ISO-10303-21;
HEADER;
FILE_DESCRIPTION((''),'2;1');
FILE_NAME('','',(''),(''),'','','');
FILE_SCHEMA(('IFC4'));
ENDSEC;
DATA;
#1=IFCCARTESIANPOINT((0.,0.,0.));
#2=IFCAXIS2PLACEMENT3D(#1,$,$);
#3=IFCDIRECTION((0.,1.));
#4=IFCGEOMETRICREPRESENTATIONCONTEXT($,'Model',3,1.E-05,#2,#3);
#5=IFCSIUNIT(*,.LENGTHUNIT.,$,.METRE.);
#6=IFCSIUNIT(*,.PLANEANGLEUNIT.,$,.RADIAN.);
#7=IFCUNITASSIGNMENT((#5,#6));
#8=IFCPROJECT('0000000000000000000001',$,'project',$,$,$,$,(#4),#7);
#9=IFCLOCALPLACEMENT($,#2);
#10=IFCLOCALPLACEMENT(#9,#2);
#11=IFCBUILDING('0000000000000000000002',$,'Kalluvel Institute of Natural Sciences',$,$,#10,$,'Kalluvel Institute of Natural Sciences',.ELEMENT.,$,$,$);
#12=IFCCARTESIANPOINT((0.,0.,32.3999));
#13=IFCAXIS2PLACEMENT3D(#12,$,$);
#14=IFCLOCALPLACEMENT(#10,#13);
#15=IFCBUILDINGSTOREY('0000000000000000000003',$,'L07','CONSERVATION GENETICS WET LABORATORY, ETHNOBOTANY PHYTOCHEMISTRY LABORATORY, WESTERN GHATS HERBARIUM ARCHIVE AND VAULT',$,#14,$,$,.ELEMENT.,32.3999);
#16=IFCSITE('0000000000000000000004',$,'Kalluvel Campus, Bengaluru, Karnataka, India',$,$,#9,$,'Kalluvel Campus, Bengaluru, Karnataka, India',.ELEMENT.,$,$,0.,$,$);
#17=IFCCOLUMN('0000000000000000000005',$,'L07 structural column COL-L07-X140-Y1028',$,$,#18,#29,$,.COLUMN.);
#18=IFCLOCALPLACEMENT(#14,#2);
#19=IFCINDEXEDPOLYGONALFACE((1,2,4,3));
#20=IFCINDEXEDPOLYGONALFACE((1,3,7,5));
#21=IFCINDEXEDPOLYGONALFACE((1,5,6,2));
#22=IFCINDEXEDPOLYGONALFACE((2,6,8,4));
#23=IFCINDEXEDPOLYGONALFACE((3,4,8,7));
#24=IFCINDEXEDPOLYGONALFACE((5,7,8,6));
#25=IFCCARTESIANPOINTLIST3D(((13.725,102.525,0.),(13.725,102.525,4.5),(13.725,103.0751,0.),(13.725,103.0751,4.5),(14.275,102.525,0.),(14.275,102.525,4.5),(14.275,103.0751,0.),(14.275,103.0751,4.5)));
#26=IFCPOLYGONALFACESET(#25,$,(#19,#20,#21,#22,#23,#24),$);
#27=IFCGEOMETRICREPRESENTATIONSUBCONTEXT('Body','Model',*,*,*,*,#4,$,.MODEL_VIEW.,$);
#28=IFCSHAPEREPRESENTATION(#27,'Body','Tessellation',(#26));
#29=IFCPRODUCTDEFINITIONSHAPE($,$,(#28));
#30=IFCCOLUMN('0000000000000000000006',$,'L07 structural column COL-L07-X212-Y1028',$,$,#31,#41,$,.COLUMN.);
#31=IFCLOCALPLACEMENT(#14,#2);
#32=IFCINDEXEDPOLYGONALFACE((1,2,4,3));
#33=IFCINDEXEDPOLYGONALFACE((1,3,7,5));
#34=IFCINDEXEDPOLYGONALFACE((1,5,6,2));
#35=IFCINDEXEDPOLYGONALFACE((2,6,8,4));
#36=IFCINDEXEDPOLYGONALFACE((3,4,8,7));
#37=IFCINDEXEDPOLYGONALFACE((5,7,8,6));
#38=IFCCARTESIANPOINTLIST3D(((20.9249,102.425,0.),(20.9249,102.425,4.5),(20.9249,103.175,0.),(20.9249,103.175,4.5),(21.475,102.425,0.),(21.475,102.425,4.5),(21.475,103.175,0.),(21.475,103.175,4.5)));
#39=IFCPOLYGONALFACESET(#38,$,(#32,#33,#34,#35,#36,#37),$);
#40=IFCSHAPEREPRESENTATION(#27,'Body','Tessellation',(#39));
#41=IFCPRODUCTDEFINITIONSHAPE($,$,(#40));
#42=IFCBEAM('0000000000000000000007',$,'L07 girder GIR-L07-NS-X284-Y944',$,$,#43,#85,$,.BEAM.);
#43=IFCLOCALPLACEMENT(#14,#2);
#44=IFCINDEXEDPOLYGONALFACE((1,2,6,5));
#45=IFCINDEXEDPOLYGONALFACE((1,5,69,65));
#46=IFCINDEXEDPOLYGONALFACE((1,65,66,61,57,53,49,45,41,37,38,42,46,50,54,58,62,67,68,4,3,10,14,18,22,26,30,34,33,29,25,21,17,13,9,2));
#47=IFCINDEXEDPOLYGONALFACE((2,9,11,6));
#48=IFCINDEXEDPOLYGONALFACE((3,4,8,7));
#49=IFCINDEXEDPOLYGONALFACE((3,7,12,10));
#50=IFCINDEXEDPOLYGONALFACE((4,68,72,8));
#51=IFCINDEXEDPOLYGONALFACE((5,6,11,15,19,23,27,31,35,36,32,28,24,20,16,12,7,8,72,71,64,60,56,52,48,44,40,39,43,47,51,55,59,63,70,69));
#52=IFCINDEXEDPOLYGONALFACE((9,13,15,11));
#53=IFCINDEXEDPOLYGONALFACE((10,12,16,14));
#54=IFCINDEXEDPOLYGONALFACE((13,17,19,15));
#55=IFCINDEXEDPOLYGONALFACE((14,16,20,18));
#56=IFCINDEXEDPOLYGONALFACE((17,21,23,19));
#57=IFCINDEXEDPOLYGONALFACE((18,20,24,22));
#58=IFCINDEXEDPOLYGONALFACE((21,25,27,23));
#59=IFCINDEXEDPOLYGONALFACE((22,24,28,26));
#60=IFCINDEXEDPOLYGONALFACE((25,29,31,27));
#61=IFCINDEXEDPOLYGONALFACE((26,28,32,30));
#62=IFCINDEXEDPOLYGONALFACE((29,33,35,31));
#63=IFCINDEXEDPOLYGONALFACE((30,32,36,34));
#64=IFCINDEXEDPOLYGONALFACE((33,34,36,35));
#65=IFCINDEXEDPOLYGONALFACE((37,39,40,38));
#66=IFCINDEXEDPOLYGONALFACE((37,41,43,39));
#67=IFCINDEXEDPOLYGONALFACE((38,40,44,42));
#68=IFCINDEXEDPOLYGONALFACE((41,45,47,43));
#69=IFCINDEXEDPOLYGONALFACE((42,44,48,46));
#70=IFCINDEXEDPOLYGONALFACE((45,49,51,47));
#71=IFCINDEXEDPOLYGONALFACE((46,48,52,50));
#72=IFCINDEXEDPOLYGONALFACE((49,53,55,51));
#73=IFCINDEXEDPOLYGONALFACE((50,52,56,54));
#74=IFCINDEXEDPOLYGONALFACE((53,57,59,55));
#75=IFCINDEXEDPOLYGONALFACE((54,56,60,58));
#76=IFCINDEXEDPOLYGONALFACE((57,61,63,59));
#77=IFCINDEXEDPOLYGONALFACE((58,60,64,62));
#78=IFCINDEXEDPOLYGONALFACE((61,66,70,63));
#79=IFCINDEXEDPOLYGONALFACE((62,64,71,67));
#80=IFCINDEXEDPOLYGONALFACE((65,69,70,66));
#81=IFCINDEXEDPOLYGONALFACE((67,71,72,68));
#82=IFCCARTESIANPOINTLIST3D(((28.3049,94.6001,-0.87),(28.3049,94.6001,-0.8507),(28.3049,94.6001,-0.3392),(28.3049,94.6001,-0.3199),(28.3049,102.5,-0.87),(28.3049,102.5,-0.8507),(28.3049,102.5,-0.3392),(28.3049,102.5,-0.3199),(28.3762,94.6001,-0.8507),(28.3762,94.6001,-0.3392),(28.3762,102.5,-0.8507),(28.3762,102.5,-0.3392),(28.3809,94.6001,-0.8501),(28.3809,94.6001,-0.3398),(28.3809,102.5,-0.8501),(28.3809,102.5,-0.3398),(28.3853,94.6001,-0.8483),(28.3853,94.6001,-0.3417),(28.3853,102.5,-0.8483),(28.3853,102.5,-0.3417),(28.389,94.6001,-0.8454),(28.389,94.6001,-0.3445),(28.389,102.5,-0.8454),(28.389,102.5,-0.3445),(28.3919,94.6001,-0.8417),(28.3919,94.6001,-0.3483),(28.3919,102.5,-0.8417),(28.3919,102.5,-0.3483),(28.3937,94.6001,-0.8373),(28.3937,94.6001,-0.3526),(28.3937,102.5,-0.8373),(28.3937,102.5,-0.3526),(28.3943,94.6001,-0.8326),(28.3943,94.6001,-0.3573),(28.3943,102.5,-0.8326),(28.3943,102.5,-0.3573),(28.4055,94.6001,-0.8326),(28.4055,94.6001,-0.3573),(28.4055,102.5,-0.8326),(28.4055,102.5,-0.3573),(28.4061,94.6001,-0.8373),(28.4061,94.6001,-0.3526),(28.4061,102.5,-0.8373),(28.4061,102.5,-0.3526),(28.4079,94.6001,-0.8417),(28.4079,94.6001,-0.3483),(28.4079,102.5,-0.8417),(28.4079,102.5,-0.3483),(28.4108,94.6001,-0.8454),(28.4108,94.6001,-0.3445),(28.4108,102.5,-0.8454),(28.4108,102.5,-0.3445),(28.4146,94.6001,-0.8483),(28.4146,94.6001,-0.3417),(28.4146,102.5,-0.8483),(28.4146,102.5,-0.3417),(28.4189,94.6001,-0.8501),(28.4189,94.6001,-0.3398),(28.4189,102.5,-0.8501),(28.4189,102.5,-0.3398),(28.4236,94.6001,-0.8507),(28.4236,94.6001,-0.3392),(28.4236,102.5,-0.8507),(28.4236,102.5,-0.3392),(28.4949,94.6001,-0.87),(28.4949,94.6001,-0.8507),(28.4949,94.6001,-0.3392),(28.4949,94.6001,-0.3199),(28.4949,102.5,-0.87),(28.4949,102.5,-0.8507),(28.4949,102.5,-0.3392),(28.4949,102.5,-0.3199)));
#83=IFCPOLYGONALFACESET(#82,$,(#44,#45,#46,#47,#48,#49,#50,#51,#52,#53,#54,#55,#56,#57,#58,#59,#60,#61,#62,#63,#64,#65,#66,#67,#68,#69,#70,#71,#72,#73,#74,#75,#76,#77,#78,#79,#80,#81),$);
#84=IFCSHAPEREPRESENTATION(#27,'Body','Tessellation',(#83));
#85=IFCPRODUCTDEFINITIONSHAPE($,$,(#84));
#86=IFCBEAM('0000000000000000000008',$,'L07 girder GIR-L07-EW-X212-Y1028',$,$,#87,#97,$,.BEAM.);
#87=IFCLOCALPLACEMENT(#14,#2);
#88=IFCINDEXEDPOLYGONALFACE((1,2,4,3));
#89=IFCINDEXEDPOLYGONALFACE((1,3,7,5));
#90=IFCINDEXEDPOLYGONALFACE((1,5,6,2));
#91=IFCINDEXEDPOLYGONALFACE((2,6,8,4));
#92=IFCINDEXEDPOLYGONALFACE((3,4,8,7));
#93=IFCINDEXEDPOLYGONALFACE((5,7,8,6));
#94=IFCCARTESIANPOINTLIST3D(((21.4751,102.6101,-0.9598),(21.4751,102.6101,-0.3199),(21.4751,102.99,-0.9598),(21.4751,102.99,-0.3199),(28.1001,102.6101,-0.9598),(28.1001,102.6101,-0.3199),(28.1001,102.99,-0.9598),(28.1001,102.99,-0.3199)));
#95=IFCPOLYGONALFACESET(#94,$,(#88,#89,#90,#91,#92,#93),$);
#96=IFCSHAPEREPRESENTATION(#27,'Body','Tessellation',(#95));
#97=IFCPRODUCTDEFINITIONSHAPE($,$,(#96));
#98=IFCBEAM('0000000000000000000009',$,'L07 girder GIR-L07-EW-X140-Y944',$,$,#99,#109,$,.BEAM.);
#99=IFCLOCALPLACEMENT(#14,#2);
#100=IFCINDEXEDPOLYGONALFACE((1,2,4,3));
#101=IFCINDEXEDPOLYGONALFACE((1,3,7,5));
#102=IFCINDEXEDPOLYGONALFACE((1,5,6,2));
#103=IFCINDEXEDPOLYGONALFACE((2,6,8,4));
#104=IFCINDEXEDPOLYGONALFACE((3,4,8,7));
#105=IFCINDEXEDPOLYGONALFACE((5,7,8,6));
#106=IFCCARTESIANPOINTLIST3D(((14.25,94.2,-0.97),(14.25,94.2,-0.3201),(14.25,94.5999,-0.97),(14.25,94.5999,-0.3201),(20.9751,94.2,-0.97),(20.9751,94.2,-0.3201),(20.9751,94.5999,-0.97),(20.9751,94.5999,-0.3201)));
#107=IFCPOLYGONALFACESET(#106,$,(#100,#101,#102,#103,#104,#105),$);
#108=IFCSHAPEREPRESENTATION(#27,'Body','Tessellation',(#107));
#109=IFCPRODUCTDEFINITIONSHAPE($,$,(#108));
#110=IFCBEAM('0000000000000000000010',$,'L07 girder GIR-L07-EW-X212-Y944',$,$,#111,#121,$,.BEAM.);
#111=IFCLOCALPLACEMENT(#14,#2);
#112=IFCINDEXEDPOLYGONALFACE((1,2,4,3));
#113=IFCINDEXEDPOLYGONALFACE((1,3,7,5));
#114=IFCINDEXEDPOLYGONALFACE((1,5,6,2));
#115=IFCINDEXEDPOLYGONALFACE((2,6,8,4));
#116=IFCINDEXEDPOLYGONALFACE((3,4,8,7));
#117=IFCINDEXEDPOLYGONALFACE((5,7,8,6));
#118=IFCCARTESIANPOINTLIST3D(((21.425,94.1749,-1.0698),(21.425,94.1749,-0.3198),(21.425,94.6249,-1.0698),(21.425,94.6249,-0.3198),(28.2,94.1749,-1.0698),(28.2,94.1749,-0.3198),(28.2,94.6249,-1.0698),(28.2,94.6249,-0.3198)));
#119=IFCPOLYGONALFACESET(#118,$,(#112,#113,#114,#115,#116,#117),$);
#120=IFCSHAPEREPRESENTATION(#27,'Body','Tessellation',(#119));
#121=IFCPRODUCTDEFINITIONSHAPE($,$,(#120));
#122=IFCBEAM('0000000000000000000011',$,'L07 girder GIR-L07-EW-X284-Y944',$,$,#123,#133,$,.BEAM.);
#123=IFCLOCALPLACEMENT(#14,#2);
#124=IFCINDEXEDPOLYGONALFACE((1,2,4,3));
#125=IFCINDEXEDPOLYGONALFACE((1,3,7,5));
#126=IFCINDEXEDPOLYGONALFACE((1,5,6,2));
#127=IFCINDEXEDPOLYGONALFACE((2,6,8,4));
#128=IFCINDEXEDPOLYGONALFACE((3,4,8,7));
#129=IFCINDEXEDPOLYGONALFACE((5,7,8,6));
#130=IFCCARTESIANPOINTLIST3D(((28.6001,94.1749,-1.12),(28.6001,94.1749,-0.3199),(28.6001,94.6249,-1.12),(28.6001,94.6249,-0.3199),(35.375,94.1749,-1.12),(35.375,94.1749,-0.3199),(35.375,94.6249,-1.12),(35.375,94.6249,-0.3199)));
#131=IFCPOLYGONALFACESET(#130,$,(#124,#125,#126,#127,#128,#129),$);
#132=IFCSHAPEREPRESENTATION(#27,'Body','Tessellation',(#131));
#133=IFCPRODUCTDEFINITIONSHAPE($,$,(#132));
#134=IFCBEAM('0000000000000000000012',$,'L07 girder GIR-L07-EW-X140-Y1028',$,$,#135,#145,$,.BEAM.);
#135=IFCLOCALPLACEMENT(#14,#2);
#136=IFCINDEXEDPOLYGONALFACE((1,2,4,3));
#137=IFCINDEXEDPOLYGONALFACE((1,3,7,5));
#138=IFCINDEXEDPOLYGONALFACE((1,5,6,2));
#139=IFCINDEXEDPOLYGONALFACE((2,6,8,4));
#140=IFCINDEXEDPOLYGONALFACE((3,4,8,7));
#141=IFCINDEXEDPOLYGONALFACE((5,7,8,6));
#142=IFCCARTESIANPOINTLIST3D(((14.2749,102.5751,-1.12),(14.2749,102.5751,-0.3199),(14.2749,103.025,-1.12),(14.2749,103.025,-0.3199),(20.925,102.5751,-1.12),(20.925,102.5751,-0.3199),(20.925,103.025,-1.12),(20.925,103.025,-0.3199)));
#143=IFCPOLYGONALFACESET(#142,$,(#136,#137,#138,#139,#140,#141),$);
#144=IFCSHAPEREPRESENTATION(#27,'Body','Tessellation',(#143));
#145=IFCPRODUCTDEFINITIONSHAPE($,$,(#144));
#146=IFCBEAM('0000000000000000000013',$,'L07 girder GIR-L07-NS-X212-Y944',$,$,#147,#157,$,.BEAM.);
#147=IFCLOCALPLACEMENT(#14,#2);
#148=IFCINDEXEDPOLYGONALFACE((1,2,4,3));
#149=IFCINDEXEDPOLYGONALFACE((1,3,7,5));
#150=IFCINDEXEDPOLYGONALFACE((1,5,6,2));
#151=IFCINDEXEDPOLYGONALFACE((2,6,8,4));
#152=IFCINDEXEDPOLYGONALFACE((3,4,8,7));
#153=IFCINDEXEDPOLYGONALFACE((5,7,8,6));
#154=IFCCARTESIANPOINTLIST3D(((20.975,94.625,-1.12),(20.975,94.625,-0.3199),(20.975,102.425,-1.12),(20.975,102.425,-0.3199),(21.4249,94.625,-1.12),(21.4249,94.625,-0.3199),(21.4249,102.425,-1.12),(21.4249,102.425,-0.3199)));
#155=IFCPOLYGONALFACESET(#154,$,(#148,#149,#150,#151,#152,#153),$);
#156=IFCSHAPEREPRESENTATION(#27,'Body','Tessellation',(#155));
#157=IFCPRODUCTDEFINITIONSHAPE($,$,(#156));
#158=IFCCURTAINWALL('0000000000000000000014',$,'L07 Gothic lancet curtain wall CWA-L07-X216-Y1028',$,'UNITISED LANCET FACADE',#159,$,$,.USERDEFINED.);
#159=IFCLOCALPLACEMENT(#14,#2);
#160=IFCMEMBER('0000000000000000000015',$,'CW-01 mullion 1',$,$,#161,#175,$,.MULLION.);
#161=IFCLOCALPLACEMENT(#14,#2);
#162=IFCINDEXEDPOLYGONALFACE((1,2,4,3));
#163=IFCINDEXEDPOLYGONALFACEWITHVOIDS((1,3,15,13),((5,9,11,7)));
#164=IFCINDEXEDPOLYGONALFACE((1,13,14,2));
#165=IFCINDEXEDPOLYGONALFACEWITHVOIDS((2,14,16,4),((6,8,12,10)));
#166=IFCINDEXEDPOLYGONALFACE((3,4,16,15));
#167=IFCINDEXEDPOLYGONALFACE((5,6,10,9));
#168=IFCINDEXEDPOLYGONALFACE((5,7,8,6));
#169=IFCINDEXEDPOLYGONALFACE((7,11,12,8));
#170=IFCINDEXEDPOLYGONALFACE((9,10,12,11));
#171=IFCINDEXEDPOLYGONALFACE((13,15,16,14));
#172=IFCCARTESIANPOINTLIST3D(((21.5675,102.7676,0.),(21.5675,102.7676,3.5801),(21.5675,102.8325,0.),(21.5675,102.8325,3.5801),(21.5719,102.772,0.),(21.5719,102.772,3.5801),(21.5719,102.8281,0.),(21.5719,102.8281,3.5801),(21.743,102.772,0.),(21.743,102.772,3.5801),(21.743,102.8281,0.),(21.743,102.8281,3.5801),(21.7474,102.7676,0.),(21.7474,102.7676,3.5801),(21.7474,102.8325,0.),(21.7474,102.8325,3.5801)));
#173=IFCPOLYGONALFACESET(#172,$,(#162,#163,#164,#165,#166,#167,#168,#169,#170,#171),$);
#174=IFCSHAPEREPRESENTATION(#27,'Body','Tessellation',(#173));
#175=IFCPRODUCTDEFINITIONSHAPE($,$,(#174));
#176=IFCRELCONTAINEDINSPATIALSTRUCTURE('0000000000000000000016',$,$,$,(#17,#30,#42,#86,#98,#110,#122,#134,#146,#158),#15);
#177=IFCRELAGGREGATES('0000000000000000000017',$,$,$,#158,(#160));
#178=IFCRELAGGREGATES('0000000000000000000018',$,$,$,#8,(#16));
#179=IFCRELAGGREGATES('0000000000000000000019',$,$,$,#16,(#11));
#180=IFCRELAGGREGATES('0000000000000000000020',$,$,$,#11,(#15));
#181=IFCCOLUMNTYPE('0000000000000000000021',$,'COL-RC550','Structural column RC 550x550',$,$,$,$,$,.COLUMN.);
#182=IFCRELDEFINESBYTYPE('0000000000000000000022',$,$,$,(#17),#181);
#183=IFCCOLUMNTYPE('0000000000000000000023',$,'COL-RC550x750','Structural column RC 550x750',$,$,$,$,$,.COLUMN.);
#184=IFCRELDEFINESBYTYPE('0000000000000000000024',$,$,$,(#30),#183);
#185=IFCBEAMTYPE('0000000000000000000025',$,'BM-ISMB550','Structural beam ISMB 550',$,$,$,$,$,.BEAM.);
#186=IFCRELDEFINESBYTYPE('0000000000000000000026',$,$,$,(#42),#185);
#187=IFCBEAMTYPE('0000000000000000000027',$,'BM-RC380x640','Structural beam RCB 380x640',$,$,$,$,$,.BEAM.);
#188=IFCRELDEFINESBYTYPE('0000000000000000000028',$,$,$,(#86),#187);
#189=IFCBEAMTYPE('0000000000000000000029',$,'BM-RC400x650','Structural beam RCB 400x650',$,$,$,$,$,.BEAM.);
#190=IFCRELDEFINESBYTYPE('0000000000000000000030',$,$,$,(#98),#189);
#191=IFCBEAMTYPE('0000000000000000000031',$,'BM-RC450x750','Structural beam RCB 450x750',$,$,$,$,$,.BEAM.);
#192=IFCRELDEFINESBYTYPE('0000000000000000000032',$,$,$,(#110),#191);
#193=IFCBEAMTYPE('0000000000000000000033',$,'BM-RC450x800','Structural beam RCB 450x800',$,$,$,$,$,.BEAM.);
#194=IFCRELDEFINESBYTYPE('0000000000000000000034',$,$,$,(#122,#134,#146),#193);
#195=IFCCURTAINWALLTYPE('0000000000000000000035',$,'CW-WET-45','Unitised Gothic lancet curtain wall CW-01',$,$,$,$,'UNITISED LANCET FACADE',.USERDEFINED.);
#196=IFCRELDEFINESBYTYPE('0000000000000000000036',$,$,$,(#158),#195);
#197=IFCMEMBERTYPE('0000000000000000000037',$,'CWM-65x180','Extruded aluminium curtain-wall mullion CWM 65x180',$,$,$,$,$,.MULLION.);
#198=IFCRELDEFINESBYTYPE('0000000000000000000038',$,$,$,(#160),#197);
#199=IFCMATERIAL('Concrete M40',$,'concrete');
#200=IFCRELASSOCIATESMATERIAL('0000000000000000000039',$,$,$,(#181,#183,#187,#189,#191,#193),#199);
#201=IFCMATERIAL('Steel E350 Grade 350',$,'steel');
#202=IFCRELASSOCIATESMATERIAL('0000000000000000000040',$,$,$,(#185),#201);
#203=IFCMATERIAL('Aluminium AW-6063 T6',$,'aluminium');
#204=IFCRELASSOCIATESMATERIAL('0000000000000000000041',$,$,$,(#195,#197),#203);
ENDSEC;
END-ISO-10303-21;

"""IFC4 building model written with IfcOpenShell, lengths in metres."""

from ifc_helpers import new_model, si_unit, direction, frame, origin, origin_2d, place, context, subcontext, project, spatial, rectangle, hollow_rectangle, i_section, extrude, material, material_profile, profile_set, type_object, element, aggregate, save


model = new_model("IFC4")

# Units and contexts
model_context = context("Model", 3, precision=1e-05, world=origin(), true_north=direction((0.0, 1.0)))
body_context = subcontext(model_context, "Body", "Model", "MODEL_VIEW")
ifc_project = project(units=[si_unit("LENGTHUNIT", "METRE"), si_unit("PLANEANGLEUNIT", "RADIAN")], contexts=[model_context])

# Site, building, storey
site_placement = place(None, origin())
site = spatial("IfcSite", under=ifc_project, at=site_placement, Name="Kalluvel Campus, Bengaluru, Karnataka, India", LongName="Kalluvel Campus, Bengaluru, Karnataka, India", CompositionType="ELEMENT", RefElevation=0.0)
building_placement = place(site_placement, origin())
building = spatial("IfcBuilding", under=site, at=building_placement, Name="Kalluvel Institute of Natural Sciences", LongName="Kalluvel Institute of Natural Sciences", CompositionType="ELEMENT")
storey_placement = place(building_placement, frame((0.0, 0.0, 32.3999)))
storey = spatial("IfcBuildingStorey", under=building, at=storey_placement, Name="L07", Description="CONSERVATION GENETICS WET LABORATORY, ETHNOBOTANY PHYTOCHEMISTRY LABORATORY, WESTERN GHATS HERBARIUM ARCHIVE AND VAULT", CompositionType="ELEMENT", Elevation=32.3999)

# Columns
ifc_material_1 = material(Name="Concrete M40", Category="concrete")
ifc_material_profile_1 = material_profile(ifc_material_1, rectangle(XDim=0.55, YDim=0.55, at=origin_2d()), Name="RC 550x550")
ifc_profile_set_1 = profile_set([ifc_material_profile_1], Name="Concrete M40")
column_type_1 = type_object("IfcColumnType", Name="COL-RC550", Description="Structural column RC 550x550", PredefinedType="COLUMN", material=ifc_profile_set_1)
column_1_placement = place(storey_placement, frame((14.0, 102.8, 0.0), z_axis=(0.0, 0.0, 1.0), x_axis=(1.0, 0.0, 0.0)))
element("IfcColumn", 1, at=column_1_placement, inside=storey, type_object=column_type_1, Name="L07 structural column COL-L07-X140-Y1028", PredefinedType="COLUMN", context=body_context, shape_type="SweptSolid", body=[
    extrude(rectangle(XDim=0.55, YDim=0.55, at=origin_2d()), origin(), (0.0, 0.0, 1.0), 4.5),
])
ifc_material_profile_2 = material_profile(ifc_material_1, rectangle(XDim=0.55, YDim=0.75, at=origin_2d()), Name="RC 550x750")
ifc_profile_set_2 = profile_set([ifc_material_profile_2], Name="Concrete M40")
column_type_2 = type_object("IfcColumnType", Name="COL-RC550x750", Description="Structural column RC 550x750", PredefinedType="COLUMN", material=ifc_profile_set_2)
column_2_placement = place(storey_placement, frame((21.2, 102.8, 0.0), z_axis=(0.0, 0.0, 1.0), x_axis=(1.0, 0.0, 0.0)))
element("IfcColumn", 2, at=column_2_placement, inside=storey, type_object=column_type_2, Name="L07 structural column COL-L07-X212-Y1028", PredefinedType="COLUMN", context=body_context, shape_type="SweptSolid", body=[
    extrude(rectangle(XDim=0.55, YDim=0.75, at=origin_2d()), origin(), (0.0, 0.0, 1.0), 4.5),
])

# Beams
ifc_material_2 = material(Name="Steel E350 Grade 350", Category="steel")
ifc_material_profile_3 = material_profile(ifc_material_2, i_section(OverallWidth=0.1899, OverallDepth=0.55, WebThickness=0.0112, FlangeThickness=0.0193, FilletRadius=0.0181, at=origin_2d()), Name="ISMB 550")
ifc_profile_set_3 = profile_set([ifc_material_profile_3], Name="Steel E350 Grade 350")
beam_type_1 = type_object("IfcBeamType", Name="BM-ISMB550", Description="Structural beam ISMB 550", PredefinedType="BEAM", material=ifc_profile_set_3)
beam_1_placement = place(storey_placement, frame((28.3999, 94.6001, -0.595), z_axis=(0.0, 1.0, 0.0), x_axis=(-1.0, 0.0, 0.0)))
element("IfcBeam", 3, at=beam_1_placement, inside=storey, type_object=beam_type_1, Name="L07 girder GIR-L07-NS-X284-Y944", PredefinedType="BEAM", context=body_context, shape_type="SweptSolid", body=[
    extrude(i_section(OverallWidth=0.1899, OverallDepth=0.55, WebThickness=0.0112, FlangeThickness=0.0193, FilletRadius=0.0181, at=origin_2d()), origin(), (0.0, 0.0, 1.0), 7.8999),
])
ifc_material_profile_4 = material_profile(ifc_material_1, rectangle(XDim=0.3799, YDim=0.6399, at=origin_2d()), Name="RCB 380x640")
ifc_profile_set_4 = profile_set([ifc_material_profile_4], Name="Concrete M40")
beam_type_2 = type_object("IfcBeamType", Name="BM-RC380x640", Description="Structural beam RCB 380x640", PredefinedType="BEAM", material=ifc_profile_set_4)
beam_2_placement = place(storey_placement, frame((21.4751, 102.8, -0.6399), z_axis=(1.0, 0.0, 0.0), x_axis=(0.0, 1.0, 0.0)))
element("IfcBeam", 4, at=beam_2_placement, inside=storey, type_object=beam_type_2, Name="L07 girder GIR-L07-EW-X212-Y1028", PredefinedType="BEAM", context=body_context, shape_type="SweptSolid", body=[
    extrude(rectangle(XDim=0.3799, YDim=0.6399, at=origin_2d()), origin(), (0.0, 0.0, 1.0), 6.625),
])
ifc_material_profile_5 = material_profile(ifc_material_1, rectangle(XDim=0.3999, YDim=0.6499, at=origin_2d()), Name="RCB 400x650")
ifc_profile_set_5 = profile_set([ifc_material_profile_5], Name="Concrete M40")
beam_type_3 = type_object("IfcBeamType", Name="BM-RC400x650", Description="Structural beam RCB 400x650", PredefinedType="BEAM", material=ifc_profile_set_5)
beam_3_placement = place(storey_placement, frame((14.25, 94.3999, -0.645), z_axis=(1.0, 0.0, 0.0), x_axis=(0.0, 1.0, 0.0)))
element("IfcBeam", 5, at=beam_3_placement, inside=storey, type_object=beam_type_3, Name="L07 girder GIR-L07-EW-X140-Y944", PredefinedType="BEAM", context=body_context, shape_type="SweptSolid", body=[
    extrude(rectangle(XDim=0.3999, YDim=0.6499, at=origin_2d()), origin(), (0.0, 0.0, 1.0), 6.7251),
])
ifc_material_profile_6 = material_profile(ifc_material_1, rectangle(XDim=0.45, YDim=0.75, at=origin_2d()), Name="RCB 450x750")
ifc_profile_set_6 = profile_set([ifc_material_profile_6], Name="Concrete M40")
beam_type_4 = type_object("IfcBeamType", Name="BM-RC450x750", Description="Structural beam RCB 450x750", PredefinedType="BEAM", material=ifc_profile_set_6)
beam_4_placement = place(storey_placement, frame((21.425, 94.3999, -0.6948), z_axis=(1.0, 0.0, 0.0), x_axis=(0.0, 1.0, 0.0)))
element("IfcBeam", 6, at=beam_4_placement, inside=storey, type_object=beam_type_4, Name="L07 girder GIR-L07-EW-X212-Y944", PredefinedType="BEAM", context=body_context, shape_type="SweptSolid", body=[
    extrude(rectangle(XDim=0.45, YDim=0.75, at=origin_2d()), origin(), (0.0, 0.0, 1.0), 6.7749),
])
ifc_material_profile_7 = material_profile(ifc_material_1, rectangle(XDim=0.45, YDim=0.8, at=origin_2d()), Name="RCB 450x800")
ifc_profile_set_7 = profile_set([ifc_material_profile_7], Name="Concrete M40")
beam_type_5 = type_object("IfcBeamType", Name="BM-RC450x800", Description="Structural beam RCB 450x800", PredefinedType="BEAM", material=ifc_profile_set_7)
beam_5_placement = place(storey_placement, frame((28.6001, 94.3999, -0.72), z_axis=(1.0, 0.0, 0.0), x_axis=(0.0, 1.0, 0.0)))
element("IfcBeam", 7, at=beam_5_placement, inside=storey, type_object=beam_type_5, Name="L07 girder GIR-L07-EW-X284-Y944", PredefinedType="BEAM", context=body_context, shape_type="SweptSolid", body=[
    extrude(rectangle(XDim=0.45, YDim=0.8, at=origin_2d()), origin(), (0.0, 0.0, 1.0), 6.7749),
])
beam_6_placement = place(storey_placement, frame((14.2749, 102.8, -0.72), z_axis=(1.0, 0.0, 0.0), x_axis=(0.0, 1.0, 0.0)))
element("IfcBeam", 8, at=beam_6_placement, inside=storey, type_object=beam_type_5, Name="L07 girder GIR-L07-EW-X140-Y1028", PredefinedType="BEAM", context=body_context, shape_type="SweptSolid", body=[
    extrude(rectangle(XDim=0.45, YDim=0.8, at=origin_2d()), origin(), (0.0, 0.0, 1.0), 6.6501),
])
beam_7_placement = place(storey_placement, frame((21.2, 94.625, -0.72), z_axis=(0.0, 1.0, 0.0), x_axis=(-1.0, 0.0, 0.0)))
element("IfcBeam", 9, at=beam_7_placement, inside=storey, type_object=beam_type_5, Name="L07 girder GIR-L07-NS-X212-Y944", PredefinedType="BEAM", context=body_context, shape_type="SweptSolid", body=[
    extrude(rectangle(XDim=0.45, YDim=0.8, at=origin_2d()), origin(), (0.0, 0.0, 1.0), 7.8),
])

# Curtain wall, member
ifc_material_3 = material(Name="Aluminium AW-6063 T6", Category="aluminium")
curtain_wall_type = type_object("IfcCurtainWallType", Name="CW-WET-45", Description="Unitised Gothic lancet curtain wall CW-01", ElementType="UNITISED LANCET FACADE", PredefinedType="USERDEFINED", material=ifc_material_3)
curtain_wall_placement = place(storey_placement, origin())
curtain_wall = element("IfcCurtainWall", 10, at=curtain_wall_placement, inside=storey, type_object=curtain_wall_type, Name="L07 Gothic lancet curtain wall CWA-L07-X216-Y1028", ObjectType="UNITISED LANCET FACADE", PredefinedType="USERDEFINED")
ifc_material_profile_8 = material_profile(ifc_material_3, hollow_rectangle(XDim=0.0649, YDim=0.1799, WallThickness=0.0044, at=origin_2d()), Name="CWM 65x180")
ifc_profile_set_8 = profile_set([ifc_material_profile_8], Name="Aluminium AW-6063 T6")
member_type_1 = type_object("IfcMemberType", Name="CWM-65x180", Description="Extruded aluminium curtain-wall mullion CWM 65x180", PredefinedType="MULLION", material=ifc_profile_set_8)
member_1_placement = place(storey_placement, frame((21.6575, 102.8, 0.0), z_axis=(0.0, 0.0, 1.0), x_axis=(0.0, 1.0, 0.0)))
member_1 = element("IfcMember", 11, at=member_1_placement, type_object=member_type_1, Name="CW-01 mullion 1", PredefinedType="MULLION", context=body_context, shape_type="SweptSolid", body=[
    extrude(hollow_rectangle(XDim=0.0649, YDim=0.1799, WallThickness=0.0044, at=origin_2d()), origin(), (0.0, 0.0, 1.0), 3.5801),
])

aggregate(curtain_wall, [member_1])

save(model, "model.ifc")
